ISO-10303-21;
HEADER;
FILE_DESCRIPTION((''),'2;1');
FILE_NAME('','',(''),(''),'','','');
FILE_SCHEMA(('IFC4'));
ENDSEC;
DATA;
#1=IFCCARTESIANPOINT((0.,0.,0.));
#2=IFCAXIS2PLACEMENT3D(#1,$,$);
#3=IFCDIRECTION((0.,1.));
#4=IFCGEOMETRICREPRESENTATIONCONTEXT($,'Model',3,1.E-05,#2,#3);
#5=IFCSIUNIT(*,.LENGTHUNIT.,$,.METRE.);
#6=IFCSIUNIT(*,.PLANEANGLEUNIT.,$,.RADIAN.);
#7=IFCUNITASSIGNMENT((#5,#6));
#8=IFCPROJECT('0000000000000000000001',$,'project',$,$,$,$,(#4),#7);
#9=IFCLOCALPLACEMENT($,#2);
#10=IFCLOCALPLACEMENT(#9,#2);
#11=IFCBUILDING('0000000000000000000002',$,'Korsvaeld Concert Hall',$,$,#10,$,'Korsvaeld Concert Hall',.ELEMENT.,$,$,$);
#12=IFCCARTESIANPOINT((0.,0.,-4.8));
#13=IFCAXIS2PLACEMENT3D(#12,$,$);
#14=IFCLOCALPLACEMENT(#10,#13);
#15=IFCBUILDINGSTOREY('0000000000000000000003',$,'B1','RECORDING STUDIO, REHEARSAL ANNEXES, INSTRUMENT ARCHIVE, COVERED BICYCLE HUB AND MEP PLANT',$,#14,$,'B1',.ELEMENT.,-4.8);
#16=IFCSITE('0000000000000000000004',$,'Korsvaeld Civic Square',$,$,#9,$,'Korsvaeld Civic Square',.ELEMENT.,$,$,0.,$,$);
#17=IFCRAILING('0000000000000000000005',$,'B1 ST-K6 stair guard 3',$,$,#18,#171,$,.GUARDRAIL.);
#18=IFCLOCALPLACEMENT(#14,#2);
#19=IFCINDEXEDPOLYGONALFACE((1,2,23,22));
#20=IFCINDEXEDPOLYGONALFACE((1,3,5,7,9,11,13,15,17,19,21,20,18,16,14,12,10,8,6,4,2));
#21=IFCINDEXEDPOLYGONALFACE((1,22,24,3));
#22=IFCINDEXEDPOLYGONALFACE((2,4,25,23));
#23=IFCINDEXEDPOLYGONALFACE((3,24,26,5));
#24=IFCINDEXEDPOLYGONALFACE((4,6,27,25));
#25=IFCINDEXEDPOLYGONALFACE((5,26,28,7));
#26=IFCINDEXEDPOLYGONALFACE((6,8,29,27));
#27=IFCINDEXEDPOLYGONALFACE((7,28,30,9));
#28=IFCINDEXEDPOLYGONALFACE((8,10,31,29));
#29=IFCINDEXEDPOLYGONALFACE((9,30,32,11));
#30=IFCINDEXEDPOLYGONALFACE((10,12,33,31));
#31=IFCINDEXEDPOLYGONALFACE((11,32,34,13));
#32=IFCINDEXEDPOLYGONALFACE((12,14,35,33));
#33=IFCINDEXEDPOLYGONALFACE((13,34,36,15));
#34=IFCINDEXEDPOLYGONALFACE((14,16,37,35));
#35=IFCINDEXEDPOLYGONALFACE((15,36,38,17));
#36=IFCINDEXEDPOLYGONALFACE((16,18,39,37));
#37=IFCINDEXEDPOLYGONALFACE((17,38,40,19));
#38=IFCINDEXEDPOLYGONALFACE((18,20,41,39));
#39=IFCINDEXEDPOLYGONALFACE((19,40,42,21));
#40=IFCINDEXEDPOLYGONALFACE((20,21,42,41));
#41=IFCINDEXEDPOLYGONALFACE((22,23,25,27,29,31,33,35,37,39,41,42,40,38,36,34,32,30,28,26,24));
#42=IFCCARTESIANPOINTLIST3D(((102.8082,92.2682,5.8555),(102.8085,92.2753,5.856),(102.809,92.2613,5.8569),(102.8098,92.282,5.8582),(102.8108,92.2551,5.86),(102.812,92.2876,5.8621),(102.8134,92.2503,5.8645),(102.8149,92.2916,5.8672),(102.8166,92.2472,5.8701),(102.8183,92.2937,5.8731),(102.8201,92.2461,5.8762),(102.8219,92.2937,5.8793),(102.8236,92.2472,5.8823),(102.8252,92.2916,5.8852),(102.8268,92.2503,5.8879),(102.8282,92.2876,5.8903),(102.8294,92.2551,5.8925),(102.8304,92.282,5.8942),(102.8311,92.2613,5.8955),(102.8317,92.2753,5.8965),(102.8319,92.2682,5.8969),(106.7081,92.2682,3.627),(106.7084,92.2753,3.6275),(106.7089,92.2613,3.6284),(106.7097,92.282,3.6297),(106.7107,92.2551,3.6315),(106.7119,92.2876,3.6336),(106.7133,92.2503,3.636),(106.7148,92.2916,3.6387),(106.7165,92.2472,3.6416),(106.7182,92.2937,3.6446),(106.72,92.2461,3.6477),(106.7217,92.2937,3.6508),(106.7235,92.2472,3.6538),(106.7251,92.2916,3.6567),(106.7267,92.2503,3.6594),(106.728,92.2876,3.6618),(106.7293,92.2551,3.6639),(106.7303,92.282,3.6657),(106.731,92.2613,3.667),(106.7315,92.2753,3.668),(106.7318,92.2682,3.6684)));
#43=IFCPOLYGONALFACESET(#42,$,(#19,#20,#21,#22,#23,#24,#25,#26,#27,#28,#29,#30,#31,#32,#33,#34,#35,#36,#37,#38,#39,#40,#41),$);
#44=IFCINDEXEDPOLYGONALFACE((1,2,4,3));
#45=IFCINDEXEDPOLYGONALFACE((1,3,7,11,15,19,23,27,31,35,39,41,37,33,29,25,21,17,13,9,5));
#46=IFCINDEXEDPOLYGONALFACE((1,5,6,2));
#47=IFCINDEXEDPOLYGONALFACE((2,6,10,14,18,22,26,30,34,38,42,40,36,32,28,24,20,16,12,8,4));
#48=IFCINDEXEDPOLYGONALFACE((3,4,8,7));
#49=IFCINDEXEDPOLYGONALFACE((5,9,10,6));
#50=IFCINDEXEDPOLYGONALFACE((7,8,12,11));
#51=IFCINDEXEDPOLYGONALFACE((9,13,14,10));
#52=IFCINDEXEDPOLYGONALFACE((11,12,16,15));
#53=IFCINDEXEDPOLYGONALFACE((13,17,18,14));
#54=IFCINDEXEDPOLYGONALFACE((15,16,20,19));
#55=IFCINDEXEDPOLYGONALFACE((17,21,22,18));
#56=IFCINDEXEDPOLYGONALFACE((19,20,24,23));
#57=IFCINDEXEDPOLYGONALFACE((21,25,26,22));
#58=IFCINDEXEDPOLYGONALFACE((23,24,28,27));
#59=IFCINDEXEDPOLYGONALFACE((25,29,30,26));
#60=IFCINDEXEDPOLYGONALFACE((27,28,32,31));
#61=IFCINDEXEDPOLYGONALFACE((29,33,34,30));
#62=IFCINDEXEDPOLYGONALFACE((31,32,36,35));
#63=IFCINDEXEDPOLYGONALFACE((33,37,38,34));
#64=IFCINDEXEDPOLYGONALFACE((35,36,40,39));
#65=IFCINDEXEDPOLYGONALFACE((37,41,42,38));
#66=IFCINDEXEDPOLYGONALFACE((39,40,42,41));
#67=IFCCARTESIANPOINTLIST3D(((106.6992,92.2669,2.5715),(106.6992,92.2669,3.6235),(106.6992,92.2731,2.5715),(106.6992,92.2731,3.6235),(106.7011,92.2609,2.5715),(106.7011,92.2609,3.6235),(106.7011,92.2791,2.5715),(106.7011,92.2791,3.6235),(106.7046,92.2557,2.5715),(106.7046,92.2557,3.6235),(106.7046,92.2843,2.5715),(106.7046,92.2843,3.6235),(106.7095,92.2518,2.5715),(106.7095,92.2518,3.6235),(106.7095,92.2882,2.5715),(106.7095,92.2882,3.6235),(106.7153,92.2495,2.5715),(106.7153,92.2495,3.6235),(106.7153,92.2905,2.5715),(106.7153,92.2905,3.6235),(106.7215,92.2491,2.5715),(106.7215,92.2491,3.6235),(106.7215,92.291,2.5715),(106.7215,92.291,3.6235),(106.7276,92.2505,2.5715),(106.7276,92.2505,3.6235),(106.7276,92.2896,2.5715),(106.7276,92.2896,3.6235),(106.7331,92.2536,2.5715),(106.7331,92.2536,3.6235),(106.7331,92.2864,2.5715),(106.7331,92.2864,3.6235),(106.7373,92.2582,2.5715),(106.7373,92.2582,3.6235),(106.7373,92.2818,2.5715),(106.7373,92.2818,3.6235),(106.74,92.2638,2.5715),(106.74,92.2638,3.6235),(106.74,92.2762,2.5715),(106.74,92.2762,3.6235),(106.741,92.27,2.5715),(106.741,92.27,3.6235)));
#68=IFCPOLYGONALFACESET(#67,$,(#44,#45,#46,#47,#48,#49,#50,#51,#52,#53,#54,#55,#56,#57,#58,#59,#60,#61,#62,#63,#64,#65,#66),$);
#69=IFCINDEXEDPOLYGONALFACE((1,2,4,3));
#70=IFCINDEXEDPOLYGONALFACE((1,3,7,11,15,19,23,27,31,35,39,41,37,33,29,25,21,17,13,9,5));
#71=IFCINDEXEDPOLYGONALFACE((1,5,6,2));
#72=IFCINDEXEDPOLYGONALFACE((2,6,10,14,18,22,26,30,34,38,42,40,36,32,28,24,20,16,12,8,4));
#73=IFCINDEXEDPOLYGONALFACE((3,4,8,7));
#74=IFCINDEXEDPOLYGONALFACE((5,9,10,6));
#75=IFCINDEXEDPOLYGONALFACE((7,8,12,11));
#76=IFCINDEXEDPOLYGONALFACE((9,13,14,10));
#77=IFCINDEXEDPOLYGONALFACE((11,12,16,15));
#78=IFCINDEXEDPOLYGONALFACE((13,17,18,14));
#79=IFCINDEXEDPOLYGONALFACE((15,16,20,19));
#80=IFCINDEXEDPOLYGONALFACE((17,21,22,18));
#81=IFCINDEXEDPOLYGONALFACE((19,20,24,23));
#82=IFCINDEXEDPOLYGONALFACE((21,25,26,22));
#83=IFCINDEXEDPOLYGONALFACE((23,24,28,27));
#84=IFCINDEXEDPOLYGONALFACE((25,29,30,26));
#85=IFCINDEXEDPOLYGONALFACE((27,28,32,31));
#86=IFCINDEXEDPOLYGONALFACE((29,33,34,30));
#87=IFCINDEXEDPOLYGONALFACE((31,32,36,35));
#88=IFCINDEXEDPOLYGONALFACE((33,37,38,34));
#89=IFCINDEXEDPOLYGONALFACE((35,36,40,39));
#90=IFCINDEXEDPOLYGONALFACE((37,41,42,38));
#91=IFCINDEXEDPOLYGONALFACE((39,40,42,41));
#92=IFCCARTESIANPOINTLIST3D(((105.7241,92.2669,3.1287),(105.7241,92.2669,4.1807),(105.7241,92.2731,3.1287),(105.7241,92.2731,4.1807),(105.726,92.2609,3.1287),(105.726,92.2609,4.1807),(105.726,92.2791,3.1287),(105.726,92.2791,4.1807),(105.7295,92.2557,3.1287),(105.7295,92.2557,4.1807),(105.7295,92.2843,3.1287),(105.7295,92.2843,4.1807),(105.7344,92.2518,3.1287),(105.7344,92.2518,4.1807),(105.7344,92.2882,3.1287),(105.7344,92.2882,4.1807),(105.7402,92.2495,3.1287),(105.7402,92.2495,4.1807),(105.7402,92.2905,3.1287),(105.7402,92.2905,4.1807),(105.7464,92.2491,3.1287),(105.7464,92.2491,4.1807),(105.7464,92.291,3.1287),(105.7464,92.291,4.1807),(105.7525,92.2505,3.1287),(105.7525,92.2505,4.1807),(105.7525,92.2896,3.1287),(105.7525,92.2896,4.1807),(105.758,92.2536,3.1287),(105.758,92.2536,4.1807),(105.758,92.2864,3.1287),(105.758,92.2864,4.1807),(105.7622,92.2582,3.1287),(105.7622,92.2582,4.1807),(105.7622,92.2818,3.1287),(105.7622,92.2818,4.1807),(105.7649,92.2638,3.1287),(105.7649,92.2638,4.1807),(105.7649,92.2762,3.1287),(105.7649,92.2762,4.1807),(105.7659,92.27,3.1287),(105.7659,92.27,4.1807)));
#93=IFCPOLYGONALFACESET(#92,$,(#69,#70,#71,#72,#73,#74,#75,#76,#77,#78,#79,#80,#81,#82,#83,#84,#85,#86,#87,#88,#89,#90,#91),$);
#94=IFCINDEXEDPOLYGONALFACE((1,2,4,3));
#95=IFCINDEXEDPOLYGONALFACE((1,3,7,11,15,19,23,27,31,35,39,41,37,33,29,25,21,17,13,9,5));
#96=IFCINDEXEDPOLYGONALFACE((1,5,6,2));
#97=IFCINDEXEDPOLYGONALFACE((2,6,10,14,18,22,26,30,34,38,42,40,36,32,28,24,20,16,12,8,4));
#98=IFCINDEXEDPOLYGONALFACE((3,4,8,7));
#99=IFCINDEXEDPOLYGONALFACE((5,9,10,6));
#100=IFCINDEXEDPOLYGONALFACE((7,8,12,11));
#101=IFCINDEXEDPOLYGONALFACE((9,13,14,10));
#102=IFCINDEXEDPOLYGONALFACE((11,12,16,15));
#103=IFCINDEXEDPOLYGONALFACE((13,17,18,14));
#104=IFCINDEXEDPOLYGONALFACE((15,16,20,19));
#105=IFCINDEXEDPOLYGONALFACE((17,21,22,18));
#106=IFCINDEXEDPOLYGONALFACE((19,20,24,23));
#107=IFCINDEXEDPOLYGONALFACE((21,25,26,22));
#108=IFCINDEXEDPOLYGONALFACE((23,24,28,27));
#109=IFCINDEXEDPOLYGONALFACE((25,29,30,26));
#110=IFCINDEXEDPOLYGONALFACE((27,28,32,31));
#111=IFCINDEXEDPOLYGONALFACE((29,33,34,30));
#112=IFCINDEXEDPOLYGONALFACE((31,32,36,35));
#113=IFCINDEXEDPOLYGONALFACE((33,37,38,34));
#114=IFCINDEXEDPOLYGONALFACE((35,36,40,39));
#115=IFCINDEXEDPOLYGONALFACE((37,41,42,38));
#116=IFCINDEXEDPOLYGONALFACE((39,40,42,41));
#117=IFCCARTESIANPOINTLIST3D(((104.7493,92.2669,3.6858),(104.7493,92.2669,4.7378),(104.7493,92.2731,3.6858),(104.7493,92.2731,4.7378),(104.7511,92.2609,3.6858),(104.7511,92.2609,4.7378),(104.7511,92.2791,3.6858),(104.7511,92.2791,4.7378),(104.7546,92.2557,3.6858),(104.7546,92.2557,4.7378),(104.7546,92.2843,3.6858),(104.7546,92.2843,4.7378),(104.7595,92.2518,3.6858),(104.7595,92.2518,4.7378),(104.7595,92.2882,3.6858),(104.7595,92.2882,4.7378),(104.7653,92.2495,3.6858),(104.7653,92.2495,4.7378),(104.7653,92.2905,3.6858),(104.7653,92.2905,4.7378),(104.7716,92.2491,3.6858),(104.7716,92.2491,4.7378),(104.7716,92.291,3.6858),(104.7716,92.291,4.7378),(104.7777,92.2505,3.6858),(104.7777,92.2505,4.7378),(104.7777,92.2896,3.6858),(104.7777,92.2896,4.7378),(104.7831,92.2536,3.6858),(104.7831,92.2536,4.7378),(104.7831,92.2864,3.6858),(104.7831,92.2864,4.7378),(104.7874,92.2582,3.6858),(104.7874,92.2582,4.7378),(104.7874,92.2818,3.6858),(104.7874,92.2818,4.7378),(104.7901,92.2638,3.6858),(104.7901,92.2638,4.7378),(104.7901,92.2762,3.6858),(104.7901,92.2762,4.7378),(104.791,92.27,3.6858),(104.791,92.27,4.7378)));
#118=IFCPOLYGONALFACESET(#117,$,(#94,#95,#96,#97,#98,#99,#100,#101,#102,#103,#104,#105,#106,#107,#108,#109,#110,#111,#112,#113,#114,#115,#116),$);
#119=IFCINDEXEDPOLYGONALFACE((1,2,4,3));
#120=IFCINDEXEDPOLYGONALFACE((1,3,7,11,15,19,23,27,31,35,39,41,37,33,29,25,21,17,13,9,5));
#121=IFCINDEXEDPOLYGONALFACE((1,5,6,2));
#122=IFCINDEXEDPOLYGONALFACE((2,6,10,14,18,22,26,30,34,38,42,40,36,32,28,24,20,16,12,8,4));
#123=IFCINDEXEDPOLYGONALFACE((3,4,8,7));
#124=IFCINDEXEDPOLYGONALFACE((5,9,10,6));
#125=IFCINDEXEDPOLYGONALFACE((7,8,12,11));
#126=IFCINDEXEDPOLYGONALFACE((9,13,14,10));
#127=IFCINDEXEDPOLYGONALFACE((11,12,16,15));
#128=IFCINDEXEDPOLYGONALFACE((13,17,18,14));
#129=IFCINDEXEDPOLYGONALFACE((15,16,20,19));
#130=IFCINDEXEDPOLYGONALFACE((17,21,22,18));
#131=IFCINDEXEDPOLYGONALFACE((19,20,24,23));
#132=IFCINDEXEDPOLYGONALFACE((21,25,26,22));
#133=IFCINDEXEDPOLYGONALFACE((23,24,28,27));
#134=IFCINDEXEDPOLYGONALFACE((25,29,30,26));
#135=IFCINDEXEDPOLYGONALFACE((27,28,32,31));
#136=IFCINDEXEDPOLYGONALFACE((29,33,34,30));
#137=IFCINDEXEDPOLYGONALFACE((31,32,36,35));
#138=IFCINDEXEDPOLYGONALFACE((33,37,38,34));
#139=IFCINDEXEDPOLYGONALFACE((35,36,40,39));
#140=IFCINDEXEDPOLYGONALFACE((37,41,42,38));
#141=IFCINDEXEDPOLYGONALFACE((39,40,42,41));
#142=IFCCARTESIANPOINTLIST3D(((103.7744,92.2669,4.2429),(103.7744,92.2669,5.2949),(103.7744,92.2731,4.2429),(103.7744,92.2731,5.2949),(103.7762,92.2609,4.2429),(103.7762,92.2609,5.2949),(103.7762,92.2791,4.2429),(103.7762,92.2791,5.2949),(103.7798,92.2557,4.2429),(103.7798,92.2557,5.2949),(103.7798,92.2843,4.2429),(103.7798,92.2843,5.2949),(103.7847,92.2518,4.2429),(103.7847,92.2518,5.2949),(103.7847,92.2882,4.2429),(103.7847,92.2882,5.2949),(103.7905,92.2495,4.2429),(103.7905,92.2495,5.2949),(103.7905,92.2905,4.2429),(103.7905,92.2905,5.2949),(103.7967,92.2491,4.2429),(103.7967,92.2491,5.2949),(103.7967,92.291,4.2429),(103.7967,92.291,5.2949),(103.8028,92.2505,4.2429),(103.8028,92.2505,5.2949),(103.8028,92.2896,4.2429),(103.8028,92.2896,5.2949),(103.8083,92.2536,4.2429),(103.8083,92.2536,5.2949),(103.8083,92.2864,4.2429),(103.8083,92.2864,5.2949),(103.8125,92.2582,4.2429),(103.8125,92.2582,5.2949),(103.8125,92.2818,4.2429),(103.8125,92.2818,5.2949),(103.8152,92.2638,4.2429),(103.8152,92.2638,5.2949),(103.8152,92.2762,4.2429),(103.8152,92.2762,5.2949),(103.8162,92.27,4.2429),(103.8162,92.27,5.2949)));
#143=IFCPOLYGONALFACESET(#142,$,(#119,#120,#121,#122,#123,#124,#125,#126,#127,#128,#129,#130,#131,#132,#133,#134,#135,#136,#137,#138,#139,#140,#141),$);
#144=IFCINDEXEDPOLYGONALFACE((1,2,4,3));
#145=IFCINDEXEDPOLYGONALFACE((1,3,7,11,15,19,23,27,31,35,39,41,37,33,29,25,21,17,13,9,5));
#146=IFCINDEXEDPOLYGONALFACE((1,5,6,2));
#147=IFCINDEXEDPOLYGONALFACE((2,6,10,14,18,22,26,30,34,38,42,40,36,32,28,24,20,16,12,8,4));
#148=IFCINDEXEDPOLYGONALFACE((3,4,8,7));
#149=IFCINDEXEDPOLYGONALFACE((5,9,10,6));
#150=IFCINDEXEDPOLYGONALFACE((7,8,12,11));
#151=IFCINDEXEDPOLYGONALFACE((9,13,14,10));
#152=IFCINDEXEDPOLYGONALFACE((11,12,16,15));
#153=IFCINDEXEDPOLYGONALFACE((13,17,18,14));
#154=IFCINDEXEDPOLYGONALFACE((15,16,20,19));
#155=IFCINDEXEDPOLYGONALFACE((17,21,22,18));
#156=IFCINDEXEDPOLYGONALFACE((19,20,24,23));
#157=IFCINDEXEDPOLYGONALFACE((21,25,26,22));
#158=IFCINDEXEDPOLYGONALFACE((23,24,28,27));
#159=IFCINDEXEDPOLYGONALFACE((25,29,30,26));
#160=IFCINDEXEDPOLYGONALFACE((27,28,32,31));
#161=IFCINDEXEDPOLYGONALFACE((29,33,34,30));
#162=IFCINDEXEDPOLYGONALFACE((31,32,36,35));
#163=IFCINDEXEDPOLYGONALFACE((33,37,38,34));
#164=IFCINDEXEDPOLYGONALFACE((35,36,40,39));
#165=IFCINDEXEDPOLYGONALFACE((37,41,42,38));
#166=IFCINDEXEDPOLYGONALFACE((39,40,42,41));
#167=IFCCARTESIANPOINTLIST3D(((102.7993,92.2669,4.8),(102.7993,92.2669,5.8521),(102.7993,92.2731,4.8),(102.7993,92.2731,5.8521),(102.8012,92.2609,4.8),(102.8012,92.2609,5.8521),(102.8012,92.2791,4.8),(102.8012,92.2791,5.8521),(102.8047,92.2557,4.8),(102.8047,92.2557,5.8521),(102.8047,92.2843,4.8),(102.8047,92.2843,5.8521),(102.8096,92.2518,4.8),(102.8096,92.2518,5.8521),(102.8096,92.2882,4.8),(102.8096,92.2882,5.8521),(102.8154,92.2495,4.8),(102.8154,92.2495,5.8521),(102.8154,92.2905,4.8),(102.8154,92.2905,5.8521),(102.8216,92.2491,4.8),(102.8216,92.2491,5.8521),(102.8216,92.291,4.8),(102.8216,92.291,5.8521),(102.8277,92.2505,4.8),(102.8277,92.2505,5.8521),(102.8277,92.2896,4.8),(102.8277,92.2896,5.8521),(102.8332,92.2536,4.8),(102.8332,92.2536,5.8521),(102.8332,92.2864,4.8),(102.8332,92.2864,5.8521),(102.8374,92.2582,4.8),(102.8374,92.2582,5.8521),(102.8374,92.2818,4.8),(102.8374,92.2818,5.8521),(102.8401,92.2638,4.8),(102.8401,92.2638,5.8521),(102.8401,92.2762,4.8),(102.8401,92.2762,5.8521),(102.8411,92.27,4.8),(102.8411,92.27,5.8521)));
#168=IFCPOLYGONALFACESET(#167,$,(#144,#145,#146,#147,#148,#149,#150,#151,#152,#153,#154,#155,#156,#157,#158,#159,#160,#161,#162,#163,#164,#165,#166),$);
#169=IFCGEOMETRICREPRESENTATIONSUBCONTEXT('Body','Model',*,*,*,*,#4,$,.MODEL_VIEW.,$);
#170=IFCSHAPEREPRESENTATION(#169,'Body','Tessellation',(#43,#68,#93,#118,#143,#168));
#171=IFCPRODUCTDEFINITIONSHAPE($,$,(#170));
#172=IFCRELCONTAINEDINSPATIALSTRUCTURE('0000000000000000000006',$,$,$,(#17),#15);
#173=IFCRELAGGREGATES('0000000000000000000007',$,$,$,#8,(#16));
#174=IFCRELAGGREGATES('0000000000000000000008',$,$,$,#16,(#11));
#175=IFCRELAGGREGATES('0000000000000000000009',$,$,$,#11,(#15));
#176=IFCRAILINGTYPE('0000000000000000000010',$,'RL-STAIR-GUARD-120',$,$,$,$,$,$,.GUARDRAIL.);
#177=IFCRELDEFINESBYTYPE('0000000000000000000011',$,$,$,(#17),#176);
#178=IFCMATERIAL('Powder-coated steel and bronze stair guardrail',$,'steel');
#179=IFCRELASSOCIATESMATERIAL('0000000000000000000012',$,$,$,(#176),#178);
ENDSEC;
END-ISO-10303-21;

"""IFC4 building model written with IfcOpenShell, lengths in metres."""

from ifc_helpers import new_model, si_unit, direction, frame, origin, origin_2d, place, context, subcontext, project, spatial, circle, extrude, material, type_object, element, save


model = new_model("IFC4")

# Units and contexts
model_context = context("Model", 3, precision=1e-05, world=origin(), true_north=direction((0.0, 1.0)))
body_context = subcontext(model_context, "Body", "Model", "MODEL_VIEW")
ifc_project = project(units=[si_unit("LENGTHUNIT", "METRE"), si_unit("PLANEANGLEUNIT", "RADIAN")], contexts=[model_context])

# Site, building, storey
site_placement = place(None, origin())
site = spatial("IfcSite", under=ifc_project, at=site_placement, Name="Korsvaeld Civic Square", LongName="Korsvaeld Civic Square", CompositionType="ELEMENT", RefElevation=0.0)
building_placement = place(site_placement, origin())
building = spatial("IfcBuilding", under=site, at=building_placement, Name="Korsvaeld Concert Hall", LongName="Korsvaeld Concert Hall", CompositionType="ELEMENT")
storey_placement = place(building_placement, frame((0.0, 0.0, -4.8)))
storey = spatial("IfcBuildingStorey", under=building, at=storey_placement, Name="B1", Description="RECORDING STUDIO, REHEARSAL ANNEXES, INSTRUMENT ARCHIVE, COVERED BICYCLE HUB AND MEP PLANT", LongName="B1", CompositionType="ELEMENT", Elevation=-4.8)

# Railing
ifc_material_1 = material(Name="Powder-coated steel and bronze stair guardrail", Category="steel")
railing_type_1 = type_object("IfcRailingType", Name="RL-STAIR-GUARD-120", PredefinedType="GUARDRAIL", material=ifc_material_1)
railing_1_placement = place(storey_placement, frame((106.72, 92.27, 2.5715)))
element("IfcRailing", 1, at=railing_1_placement, inside=storey, type_object=railing_type_1, Name="B1 ST-K6 stair guard 3", PredefinedType="GUARDRAIL", context=body_context, shape_type="SweptSolid", body=[
    extrude(circle(Radius=0.0239, at=origin_2d()), frame((0.0, 0.0, 1.0762), z_axis=(-0.868243, 0.0, 0.496139), x_axis=(0.0, -1.0, 0.0)), (0.0, 0.0, 1.0), 4.4917),
    extrude(circle(Radius=0.021, at=origin_2d()), origin(), (0.0, 0.0, 1.0), 1.052),
    extrude(circle(Radius=0.021, at=origin_2d()), frame((-0.9751, 0.0, 0.5571)), (0.0, 0.0, 1.0), 1.052),
    extrude(circle(Radius=0.021, at=origin_2d()), frame((-1.95, 0.0, 1.1143)), (0.0, 0.0, 1.0), 1.052),
    extrude(circle(Radius=0.021, at=origin_2d()), frame((-2.9248, 0.0, 1.6714)), (0.0, 0.0, 1.0), 1.052),
    extrude(circle(Radius=0.021, at=origin_2d()), frame((-3.8999, 0.0, 2.2285)), (0.0, 0.0, 1.0), 1.052),
])

save(model, "model.ifc")
